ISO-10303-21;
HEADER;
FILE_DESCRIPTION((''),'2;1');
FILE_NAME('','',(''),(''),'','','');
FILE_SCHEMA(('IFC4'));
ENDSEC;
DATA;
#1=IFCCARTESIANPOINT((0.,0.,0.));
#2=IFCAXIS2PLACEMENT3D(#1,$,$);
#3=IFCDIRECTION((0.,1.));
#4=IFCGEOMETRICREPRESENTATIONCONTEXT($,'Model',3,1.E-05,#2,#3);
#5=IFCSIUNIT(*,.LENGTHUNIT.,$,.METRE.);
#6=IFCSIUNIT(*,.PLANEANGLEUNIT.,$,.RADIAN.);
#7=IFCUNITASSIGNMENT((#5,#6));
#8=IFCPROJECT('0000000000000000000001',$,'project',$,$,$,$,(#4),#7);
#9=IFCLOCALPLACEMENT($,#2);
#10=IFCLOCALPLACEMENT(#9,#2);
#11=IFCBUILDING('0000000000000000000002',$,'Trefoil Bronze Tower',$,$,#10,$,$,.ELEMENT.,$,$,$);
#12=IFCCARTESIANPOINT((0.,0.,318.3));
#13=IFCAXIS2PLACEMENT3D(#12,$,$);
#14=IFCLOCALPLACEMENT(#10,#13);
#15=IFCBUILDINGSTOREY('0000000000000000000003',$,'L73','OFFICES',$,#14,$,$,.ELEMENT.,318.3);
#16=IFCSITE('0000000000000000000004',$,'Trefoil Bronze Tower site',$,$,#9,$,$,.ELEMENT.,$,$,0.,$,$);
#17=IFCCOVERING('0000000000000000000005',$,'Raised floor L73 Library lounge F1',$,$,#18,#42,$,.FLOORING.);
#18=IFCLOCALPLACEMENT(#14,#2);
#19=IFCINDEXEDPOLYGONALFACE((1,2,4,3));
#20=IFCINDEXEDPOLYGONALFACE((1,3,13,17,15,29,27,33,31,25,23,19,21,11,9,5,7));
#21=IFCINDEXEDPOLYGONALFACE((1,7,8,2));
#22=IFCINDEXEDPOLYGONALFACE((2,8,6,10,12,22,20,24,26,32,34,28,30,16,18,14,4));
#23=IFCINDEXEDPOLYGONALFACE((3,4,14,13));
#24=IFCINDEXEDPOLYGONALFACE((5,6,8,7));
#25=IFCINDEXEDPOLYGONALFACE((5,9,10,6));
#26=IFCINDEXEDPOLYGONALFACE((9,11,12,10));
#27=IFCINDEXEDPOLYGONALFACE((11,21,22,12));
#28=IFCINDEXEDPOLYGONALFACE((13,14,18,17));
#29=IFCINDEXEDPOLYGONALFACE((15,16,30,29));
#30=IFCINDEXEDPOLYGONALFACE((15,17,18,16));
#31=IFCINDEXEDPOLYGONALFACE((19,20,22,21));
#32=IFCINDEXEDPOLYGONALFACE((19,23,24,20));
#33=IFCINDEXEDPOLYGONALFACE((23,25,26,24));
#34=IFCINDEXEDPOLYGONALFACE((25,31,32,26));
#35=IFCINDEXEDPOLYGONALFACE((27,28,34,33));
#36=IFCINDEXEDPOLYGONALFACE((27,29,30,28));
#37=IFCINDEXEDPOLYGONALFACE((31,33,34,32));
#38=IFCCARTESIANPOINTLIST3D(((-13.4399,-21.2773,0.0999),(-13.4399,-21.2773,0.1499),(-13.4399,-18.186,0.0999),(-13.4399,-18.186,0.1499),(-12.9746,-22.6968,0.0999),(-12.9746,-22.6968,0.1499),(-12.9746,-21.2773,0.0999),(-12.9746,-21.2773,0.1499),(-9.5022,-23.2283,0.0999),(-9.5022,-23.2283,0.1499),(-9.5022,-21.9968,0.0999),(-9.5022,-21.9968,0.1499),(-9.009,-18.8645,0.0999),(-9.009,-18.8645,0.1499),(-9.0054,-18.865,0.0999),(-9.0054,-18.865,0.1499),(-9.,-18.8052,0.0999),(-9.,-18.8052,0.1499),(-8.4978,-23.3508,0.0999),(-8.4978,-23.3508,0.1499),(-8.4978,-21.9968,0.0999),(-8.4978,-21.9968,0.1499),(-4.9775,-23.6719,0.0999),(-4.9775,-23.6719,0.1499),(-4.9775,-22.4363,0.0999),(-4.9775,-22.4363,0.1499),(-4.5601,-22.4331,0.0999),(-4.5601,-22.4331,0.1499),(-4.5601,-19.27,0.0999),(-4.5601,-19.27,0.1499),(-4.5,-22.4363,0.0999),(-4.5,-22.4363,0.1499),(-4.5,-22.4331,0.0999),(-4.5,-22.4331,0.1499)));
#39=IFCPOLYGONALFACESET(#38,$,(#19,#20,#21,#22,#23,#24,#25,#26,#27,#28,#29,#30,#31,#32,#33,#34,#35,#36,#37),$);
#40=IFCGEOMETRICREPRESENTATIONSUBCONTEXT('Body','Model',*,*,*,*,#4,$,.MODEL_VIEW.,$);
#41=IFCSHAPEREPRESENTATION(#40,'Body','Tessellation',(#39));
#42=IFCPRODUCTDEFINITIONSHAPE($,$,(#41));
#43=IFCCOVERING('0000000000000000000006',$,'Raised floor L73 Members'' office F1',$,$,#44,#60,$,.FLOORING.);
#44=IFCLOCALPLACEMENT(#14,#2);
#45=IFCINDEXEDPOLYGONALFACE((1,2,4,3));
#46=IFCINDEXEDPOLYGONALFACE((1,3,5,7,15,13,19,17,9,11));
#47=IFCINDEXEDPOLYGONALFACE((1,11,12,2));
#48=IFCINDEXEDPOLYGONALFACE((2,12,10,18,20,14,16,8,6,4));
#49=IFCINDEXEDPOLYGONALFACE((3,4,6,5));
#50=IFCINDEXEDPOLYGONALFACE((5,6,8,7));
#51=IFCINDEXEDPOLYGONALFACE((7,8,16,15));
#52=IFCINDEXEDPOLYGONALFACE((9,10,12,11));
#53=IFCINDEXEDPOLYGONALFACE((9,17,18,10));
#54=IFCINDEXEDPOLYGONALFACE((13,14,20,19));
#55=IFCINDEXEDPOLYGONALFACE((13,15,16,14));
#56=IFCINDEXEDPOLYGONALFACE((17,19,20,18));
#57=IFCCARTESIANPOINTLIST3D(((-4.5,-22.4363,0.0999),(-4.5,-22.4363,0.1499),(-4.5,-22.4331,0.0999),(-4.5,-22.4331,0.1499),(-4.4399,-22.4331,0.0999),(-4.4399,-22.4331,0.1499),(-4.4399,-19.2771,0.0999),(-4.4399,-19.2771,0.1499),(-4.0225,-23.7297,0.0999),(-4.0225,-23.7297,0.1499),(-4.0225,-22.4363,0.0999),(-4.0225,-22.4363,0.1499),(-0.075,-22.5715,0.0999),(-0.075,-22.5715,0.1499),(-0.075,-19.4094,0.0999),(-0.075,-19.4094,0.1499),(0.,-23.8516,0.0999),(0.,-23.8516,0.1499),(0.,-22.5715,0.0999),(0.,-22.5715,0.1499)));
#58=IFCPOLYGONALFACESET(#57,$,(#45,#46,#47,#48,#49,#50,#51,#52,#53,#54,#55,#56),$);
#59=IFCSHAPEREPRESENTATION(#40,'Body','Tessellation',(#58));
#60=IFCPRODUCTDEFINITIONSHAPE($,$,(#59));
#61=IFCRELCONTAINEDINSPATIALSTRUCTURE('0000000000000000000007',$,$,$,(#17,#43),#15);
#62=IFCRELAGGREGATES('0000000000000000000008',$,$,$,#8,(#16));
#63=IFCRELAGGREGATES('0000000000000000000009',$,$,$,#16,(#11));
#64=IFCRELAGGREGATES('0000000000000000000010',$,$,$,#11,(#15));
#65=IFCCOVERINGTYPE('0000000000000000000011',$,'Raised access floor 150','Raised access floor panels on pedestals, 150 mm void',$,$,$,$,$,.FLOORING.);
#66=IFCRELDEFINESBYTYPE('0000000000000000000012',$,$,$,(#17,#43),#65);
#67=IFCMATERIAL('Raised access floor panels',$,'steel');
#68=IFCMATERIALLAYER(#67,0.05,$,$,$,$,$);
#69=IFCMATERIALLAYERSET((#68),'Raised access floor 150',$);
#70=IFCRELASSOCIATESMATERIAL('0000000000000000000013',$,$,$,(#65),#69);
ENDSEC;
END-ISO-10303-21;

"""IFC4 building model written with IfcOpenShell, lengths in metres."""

from ifc_helpers import new_model, si_unit, direction, frame, origin, place, context, subcontext, project, spatial, polyline, outline, extrude, material, layer, layer_set, type_object, element, save


model = new_model("IFC4")

# Units and contexts
model_context = context("Model", 3, precision=1e-05, world=origin(), true_north=direction((0.0, 1.0)))
body_context = subcontext(model_context, "Body", "Model", "MODEL_VIEW")
ifc_project = project(units=[si_unit("LENGTHUNIT", "METRE"), si_unit("PLANEANGLEUNIT", "RADIAN")], contexts=[model_context])

# Site, building, storey
site_placement = place(None, origin())
site = spatial("IfcSite", under=ifc_project, at=site_placement, Name="Trefoil Bronze Tower site", CompositionType="ELEMENT", RefElevation=0.0)
building_placement = place(site_placement, origin())
building = spatial("IfcBuilding", under=site, at=building_placement, Name="Trefoil Bronze Tower", CompositionType="ELEMENT")
storey_placement = place(building_placement, frame((0.0, 0.0, 318.3)))
storey = spatial("IfcBuildingStorey", under=building, at=storey_placement, Name="L73", Description="OFFICES", CompositionType="ELEMENT", Elevation=318.3)

# Coverings
ifc_material_1 = material(Name="Raised access floor panels", Category="steel")
ifc_layer_1 = layer(ifc_material_1, 0.05)
ifc_layer_set_1 = layer_set([ifc_layer_1], Name="Raised access floor 150")
covering_type_1 = type_object("IfcCoveringType", Name="Raised access floor 150", Description="Raised access floor panels on pedestals, 150 mm void", PredefinedType="FLOORING", material=ifc_layer_set_1)
covering_1_placement = place(storey_placement, frame((0.0, 0.0, 0.0999)))
element("IfcCovering", 1, at=covering_1_placement, inside=storey, type_object=covering_type_1, Name="Raised floor L73 Library lounge F1", PredefinedType="FLOORING", context=body_context, shape_type="SweptSolid", body=[
    extrude(outline(polyline([(-8.4978, -23.3508), (-8.4978, -21.9968), (-9.5022, -21.9968), (-9.5022, -23.2283), (-12.9746, -22.6968), (-12.9746, -21.2773), (-13.4399, -21.2773), (-13.4399, -18.186), (-9.009, -18.8645), (-9.0, -18.8052), (-9.0054, -18.865), (-4.5601, -19.27), (-4.5601, -22.4331), (-4.5, -22.4331), (-4.5, -22.4363), (-4.9775, -22.4363), (-4.9775, -23.6719), (-8.4978, -23.3508)])), origin(), (0.0, 0.0, 1.0), 0.05),
])
covering_2_placement = place(storey_placement, frame((0.0, 0.0, 0.0999)))
element("IfcCovering", 2, at=covering_2_placement, inside=storey, type_object=covering_type_1, Name="Raised floor L73 Members' office F1", PredefinedType="FLOORING", context=body_context, shape_type="SweptSolid", body=[
    extrude(outline(polyline([(-4.5, -22.4331), (-4.4399, -22.4331), (-4.4399, -19.2771), (-0.075, -19.4094), (-0.075, -22.5715), (0.0, -22.5715), (0.0, -23.8516), (-4.0225, -23.7297), (-4.0225, -22.4363), (-4.5, -22.4363), (-4.5, -22.4331)])), origin(), (0.0, 0.0, 1.0), 0.05),
])

save(model, "model.ifc")
